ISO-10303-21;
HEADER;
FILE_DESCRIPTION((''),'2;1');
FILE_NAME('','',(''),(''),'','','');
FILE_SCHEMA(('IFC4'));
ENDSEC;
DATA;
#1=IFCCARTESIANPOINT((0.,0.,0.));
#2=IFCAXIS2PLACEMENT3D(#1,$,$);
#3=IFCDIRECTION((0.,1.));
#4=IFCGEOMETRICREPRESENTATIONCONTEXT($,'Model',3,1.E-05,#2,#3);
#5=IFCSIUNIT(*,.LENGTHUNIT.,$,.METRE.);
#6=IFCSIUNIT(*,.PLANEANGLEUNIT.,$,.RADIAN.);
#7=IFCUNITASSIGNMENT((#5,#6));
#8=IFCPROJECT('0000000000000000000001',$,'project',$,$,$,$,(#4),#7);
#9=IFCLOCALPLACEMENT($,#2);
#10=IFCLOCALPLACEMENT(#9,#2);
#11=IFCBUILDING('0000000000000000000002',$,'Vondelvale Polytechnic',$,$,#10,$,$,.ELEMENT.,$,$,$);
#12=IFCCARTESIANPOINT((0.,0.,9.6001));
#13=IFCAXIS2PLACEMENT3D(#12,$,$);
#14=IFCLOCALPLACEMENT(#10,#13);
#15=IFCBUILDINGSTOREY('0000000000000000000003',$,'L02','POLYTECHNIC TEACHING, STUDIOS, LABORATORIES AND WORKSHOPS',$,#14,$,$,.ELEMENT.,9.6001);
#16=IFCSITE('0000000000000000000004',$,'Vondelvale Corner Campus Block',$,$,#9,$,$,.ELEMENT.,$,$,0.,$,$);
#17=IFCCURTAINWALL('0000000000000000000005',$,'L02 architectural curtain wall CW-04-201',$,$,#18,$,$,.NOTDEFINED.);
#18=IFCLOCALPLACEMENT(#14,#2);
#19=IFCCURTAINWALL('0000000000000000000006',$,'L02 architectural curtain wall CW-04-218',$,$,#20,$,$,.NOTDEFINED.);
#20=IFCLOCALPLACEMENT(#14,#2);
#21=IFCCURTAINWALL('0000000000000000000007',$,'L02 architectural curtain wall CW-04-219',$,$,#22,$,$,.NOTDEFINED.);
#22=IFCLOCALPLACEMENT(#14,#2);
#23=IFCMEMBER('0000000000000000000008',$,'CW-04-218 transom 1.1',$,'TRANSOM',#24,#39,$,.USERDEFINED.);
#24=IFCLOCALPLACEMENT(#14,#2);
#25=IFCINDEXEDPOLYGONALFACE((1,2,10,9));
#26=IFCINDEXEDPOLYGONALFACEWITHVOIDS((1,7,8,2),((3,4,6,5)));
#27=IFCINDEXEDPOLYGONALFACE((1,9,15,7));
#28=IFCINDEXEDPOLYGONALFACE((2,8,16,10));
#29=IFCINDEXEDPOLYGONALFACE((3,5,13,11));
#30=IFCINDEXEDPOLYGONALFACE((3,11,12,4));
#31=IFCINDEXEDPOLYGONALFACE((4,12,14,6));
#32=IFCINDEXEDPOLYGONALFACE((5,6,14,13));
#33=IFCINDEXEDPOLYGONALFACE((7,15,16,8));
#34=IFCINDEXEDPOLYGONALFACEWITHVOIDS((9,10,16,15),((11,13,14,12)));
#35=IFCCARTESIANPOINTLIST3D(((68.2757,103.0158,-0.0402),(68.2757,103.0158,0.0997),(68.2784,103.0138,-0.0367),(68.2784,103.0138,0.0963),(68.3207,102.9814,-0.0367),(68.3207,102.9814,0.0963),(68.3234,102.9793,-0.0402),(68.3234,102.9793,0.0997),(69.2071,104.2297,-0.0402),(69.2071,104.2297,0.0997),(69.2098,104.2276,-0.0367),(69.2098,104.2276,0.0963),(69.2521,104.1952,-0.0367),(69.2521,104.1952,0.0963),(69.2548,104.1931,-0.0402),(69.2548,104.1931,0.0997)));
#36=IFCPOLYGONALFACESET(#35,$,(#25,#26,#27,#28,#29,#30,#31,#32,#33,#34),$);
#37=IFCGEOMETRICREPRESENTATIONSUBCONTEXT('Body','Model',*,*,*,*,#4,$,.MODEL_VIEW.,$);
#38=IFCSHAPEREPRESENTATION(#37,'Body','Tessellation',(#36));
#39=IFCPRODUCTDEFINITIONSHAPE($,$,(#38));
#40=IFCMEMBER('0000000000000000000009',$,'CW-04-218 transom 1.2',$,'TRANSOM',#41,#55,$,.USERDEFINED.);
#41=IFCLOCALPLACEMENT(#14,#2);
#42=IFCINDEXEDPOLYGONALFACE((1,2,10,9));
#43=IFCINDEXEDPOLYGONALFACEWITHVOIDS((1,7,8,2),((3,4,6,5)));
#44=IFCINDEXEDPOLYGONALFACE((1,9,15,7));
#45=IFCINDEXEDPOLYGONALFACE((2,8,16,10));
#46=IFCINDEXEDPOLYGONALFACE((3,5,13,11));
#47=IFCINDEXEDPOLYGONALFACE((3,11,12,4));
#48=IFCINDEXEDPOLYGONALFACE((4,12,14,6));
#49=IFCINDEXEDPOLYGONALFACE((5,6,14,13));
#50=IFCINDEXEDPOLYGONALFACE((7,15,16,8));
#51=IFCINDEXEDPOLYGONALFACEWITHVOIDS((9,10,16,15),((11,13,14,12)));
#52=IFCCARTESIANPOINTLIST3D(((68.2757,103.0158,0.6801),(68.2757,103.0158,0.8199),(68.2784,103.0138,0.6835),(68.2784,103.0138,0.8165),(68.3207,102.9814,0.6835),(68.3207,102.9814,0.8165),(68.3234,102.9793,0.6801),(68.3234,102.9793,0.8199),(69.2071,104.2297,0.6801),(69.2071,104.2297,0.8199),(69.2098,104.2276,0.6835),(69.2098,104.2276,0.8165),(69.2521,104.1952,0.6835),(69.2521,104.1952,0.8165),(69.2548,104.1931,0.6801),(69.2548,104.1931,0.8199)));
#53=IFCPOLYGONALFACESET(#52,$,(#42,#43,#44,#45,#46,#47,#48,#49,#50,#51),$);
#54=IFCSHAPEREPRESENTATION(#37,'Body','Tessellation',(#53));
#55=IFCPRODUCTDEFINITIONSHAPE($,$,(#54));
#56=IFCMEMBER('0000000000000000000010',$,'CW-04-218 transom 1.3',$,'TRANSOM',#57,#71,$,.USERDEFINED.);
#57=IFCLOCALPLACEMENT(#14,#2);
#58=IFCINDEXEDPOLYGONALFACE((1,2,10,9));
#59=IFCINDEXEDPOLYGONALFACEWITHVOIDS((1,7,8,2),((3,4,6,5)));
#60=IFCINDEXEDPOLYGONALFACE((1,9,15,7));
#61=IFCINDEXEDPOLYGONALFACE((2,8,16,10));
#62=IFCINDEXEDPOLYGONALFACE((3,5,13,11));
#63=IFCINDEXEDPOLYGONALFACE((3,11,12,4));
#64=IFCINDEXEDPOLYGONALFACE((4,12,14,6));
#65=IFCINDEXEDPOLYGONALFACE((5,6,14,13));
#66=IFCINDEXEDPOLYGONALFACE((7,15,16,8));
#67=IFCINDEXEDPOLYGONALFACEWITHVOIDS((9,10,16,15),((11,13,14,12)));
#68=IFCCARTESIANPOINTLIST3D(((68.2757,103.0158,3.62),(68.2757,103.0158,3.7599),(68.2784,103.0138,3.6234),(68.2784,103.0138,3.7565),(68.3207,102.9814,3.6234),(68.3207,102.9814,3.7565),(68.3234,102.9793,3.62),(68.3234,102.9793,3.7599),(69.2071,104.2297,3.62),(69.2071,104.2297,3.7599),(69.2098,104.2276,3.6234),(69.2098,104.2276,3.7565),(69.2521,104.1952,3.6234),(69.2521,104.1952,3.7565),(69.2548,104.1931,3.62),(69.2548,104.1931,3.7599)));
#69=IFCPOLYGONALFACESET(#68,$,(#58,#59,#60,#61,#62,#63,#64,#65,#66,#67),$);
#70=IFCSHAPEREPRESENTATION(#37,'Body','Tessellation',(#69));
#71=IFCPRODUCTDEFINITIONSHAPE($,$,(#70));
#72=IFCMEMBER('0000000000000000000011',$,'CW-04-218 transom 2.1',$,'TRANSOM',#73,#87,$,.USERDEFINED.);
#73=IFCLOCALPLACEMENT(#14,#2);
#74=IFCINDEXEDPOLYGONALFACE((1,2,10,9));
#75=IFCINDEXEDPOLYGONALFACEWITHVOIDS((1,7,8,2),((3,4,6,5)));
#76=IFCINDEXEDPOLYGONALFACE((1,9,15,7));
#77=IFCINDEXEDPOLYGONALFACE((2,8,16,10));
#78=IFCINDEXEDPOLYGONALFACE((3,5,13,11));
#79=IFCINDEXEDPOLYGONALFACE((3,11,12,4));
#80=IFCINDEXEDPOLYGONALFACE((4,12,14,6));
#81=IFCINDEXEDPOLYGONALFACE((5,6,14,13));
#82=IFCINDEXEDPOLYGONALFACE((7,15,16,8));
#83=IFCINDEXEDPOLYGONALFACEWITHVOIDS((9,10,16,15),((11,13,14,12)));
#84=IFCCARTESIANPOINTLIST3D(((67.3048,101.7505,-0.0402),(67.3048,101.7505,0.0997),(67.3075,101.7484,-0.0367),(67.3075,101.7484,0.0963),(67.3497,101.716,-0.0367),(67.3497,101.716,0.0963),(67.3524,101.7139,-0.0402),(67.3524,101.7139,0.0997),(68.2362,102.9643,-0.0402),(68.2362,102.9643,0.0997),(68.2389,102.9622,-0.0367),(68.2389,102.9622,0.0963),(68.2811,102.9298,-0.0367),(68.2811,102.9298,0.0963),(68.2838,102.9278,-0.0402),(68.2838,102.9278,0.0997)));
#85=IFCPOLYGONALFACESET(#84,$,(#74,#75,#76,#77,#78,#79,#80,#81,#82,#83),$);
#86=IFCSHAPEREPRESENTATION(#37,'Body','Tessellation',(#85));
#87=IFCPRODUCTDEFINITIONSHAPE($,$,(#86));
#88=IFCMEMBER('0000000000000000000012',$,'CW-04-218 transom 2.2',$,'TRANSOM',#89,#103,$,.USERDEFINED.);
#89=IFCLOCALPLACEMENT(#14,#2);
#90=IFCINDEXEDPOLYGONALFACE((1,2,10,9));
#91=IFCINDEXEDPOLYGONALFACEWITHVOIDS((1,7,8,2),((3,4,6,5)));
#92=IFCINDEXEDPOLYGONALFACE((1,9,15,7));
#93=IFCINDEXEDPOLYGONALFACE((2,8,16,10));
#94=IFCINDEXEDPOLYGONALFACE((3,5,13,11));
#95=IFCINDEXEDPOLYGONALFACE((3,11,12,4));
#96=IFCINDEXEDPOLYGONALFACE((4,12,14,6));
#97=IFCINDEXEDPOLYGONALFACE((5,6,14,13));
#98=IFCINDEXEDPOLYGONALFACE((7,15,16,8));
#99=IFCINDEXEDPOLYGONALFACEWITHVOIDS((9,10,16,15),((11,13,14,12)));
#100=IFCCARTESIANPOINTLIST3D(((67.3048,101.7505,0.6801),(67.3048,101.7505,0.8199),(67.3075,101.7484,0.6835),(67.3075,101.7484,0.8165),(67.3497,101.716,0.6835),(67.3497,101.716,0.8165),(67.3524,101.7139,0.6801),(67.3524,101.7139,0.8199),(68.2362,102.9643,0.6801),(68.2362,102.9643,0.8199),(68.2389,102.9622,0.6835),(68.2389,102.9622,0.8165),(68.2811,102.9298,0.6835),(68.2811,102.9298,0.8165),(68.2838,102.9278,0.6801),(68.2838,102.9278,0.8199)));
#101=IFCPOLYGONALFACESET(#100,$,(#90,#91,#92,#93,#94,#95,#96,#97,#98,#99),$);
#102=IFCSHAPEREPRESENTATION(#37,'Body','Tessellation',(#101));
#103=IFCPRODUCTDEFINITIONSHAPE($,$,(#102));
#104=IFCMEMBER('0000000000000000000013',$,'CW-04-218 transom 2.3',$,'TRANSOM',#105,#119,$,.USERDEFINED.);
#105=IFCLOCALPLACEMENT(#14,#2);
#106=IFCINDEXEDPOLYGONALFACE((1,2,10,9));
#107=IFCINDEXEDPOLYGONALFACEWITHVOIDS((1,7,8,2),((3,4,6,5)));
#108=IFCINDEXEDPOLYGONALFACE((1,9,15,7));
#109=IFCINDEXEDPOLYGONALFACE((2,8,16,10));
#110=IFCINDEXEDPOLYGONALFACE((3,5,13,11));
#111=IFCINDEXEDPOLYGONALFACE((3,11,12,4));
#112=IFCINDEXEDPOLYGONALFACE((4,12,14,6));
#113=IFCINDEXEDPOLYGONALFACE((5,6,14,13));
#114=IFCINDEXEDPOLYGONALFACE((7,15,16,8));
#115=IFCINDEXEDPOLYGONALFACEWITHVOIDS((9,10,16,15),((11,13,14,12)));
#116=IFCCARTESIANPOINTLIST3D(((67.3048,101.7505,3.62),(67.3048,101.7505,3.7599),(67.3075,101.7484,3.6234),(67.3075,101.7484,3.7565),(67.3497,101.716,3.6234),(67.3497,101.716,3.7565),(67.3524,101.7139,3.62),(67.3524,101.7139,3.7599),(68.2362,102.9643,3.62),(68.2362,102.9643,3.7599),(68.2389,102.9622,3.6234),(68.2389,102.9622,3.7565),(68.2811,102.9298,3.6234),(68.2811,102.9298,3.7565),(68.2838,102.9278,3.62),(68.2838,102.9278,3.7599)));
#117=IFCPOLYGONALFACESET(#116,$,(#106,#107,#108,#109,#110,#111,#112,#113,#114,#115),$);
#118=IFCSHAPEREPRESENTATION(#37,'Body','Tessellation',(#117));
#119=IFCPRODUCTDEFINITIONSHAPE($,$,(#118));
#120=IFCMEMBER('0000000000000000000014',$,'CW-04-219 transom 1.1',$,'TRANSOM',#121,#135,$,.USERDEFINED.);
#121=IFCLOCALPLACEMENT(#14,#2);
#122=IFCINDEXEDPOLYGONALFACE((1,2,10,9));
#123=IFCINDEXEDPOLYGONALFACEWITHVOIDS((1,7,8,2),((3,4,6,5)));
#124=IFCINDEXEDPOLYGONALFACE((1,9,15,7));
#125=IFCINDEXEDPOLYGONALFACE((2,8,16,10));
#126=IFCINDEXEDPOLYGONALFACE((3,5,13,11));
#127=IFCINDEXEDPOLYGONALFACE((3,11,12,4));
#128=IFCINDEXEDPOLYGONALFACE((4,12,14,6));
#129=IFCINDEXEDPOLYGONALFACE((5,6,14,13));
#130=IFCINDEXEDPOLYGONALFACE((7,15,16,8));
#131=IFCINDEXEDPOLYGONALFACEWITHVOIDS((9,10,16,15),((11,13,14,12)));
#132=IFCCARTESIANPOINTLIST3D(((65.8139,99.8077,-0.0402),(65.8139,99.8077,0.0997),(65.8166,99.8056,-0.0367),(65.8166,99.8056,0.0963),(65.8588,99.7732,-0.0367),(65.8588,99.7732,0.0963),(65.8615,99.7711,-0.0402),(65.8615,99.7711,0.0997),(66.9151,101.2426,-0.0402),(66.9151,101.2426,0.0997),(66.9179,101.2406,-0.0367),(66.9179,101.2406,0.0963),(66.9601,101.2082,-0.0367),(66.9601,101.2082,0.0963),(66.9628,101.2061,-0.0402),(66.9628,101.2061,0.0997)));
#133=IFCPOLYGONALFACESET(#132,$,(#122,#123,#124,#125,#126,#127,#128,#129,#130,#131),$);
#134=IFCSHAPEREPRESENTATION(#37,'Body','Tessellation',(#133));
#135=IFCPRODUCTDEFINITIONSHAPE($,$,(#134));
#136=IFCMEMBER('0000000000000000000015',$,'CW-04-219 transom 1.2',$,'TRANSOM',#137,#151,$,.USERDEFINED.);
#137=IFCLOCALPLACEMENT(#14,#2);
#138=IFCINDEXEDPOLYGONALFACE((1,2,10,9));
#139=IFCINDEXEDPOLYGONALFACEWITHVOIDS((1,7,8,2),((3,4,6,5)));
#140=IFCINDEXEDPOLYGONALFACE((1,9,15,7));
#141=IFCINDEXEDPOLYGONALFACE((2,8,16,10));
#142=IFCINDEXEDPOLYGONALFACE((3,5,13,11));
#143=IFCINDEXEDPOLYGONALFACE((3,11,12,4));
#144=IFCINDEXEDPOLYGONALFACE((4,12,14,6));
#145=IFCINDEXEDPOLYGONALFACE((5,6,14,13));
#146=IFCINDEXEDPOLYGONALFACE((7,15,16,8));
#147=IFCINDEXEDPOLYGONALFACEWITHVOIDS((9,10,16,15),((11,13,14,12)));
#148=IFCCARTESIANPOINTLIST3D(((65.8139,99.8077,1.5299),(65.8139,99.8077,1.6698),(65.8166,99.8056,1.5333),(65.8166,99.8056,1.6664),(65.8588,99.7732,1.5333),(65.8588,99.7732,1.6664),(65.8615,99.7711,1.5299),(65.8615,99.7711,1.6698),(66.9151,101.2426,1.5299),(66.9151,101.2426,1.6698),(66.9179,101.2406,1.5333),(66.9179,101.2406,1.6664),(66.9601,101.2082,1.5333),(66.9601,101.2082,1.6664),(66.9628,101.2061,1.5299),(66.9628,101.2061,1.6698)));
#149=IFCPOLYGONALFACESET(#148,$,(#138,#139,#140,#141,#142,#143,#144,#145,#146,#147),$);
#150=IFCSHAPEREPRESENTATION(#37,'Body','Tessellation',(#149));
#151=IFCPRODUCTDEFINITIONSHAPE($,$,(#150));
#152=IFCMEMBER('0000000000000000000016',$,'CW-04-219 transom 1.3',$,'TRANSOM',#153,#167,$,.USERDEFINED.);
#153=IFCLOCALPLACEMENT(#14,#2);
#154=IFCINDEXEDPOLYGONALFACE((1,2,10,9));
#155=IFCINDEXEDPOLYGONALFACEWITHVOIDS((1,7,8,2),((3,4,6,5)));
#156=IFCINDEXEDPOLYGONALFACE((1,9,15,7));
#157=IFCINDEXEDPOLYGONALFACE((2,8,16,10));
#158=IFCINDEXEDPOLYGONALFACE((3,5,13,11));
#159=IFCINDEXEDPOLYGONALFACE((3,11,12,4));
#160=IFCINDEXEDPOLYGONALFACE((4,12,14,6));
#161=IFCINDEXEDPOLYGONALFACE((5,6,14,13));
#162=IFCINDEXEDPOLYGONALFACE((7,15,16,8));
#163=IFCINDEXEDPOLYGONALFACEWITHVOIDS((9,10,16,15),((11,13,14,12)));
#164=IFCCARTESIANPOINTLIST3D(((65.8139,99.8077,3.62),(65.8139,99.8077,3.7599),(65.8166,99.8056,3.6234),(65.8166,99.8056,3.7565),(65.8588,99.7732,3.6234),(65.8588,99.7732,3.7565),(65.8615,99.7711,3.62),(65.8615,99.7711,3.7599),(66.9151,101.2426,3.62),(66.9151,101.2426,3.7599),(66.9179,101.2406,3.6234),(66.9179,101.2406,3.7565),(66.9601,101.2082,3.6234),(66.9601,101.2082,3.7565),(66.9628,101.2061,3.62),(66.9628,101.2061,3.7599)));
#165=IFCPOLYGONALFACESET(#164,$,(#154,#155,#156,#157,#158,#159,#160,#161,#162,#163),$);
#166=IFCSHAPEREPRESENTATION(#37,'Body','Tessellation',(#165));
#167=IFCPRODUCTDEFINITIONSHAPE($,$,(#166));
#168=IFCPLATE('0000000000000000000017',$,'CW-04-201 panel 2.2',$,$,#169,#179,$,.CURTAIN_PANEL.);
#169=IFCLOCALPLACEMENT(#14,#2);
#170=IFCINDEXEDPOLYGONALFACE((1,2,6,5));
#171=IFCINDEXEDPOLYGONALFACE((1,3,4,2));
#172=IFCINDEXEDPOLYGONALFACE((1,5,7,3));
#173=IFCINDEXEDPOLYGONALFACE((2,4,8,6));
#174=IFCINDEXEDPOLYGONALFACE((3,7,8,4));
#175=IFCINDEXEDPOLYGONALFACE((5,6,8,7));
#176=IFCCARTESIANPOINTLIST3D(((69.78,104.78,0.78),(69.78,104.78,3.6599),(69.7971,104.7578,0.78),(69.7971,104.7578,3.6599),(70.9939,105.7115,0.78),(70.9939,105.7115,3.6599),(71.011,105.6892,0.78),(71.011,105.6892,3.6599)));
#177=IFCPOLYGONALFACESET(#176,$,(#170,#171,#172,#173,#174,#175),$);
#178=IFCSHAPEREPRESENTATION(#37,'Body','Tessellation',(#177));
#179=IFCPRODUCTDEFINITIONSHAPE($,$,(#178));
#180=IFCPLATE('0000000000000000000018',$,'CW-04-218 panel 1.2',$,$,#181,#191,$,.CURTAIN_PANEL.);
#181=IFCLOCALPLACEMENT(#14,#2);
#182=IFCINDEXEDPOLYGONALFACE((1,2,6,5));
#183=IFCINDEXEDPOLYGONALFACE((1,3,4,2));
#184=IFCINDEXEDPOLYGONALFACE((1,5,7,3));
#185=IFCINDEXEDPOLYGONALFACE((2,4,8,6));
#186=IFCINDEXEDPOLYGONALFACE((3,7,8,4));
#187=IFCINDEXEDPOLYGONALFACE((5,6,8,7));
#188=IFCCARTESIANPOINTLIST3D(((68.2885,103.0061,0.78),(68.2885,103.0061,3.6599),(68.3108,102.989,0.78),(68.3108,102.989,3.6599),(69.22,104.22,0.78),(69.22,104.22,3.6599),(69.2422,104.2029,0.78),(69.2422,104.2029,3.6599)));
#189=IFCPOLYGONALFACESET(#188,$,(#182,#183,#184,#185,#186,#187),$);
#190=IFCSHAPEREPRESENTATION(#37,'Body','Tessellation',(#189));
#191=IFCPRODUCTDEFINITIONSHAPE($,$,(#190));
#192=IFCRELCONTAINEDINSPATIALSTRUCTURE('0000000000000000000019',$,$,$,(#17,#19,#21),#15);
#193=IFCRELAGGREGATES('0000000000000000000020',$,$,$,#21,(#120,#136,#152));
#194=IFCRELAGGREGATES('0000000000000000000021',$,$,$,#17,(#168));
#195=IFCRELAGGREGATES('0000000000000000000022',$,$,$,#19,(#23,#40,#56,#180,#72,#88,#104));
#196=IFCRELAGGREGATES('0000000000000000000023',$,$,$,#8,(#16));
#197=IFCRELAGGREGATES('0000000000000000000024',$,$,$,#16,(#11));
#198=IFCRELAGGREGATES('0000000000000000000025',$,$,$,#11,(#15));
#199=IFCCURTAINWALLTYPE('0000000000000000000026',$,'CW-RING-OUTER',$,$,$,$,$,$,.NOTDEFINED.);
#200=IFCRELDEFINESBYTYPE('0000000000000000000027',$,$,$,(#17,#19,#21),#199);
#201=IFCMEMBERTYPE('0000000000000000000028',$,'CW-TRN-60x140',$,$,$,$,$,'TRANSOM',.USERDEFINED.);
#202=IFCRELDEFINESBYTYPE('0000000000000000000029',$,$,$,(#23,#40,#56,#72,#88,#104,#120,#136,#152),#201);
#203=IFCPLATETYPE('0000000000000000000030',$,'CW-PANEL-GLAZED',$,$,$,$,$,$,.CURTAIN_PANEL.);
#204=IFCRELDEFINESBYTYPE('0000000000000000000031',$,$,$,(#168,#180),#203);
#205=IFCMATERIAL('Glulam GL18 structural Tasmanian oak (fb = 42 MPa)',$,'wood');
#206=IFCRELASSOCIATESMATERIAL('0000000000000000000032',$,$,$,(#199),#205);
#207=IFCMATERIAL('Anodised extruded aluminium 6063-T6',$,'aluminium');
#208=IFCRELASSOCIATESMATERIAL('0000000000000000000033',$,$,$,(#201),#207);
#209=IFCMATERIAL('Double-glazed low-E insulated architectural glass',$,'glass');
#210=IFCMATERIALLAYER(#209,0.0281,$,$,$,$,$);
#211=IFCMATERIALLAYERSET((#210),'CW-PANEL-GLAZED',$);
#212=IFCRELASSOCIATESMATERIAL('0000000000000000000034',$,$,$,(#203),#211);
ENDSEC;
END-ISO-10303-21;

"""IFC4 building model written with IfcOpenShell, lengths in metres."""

from ifc_helpers import new_model, si_unit, direction, frame, origin, origin_2d, place, context, subcontext, project, spatial, rectangle, hollow_rectangle, extrude, material, layer, layer_set, material_profile, profile_set, type_object, element, aggregate, save


model = new_model("IFC4")

# Units and contexts
model_context = context("Model", 3, precision=1e-05, world=origin(), true_north=direction((0.0, 1.0)))
body_context = subcontext(model_context, "Body", "Model", "MODEL_VIEW")
ifc_project = project(units=[si_unit("LENGTHUNIT", "METRE"), si_unit("PLANEANGLEUNIT", "RADIAN")], contexts=[model_context])

# Site, building, storey
site_placement = place(None, origin())
site = spatial("IfcSite", under=ifc_project, at=site_placement, Name="Vondelvale Corner Campus Block", CompositionType="ELEMENT", RefElevation=0.0)
building_placement = place(site_placement, origin())
building = spatial("IfcBuilding", under=site, at=building_placement, Name="Vondelvale Polytechnic", CompositionType="ELEMENT")
storey_placement = place(building_placement, frame((0.0, 0.0, 9.6001)))
storey = spatial("IfcBuildingStorey", under=building, at=storey_placement, Name="L02", Description="POLYTECHNIC TEACHING, STUDIOS, LABORATORIES AND WORKSHOPS", CompositionType="ELEMENT", Elevation=9.6001)

# Shared definitions
ifc_material_1 = material(Name="Glulam GL18 structural Tasmanian oak (fb = 42 MPa)", Category="wood")

# Curtain wall
curtain_wall_type = type_object("IfcCurtainWallType", Name="CW-RING-OUTER", PredefinedType="NOTDEFINED", material=ifc_material_1)
curtain_wall_1_placement = place(storey_placement, origin())
curtain_wall_1 = element("IfcCurtainWall", 1, at=curtain_wall_1_placement, inside=storey, type_object=curtain_wall_type, Name="L02 architectural curtain wall CW-04-201", PredefinedType="NOTDEFINED")
ifc_material_2 = material(Name="Anodised extruded aluminium 6063-T6", Category="aluminium")

# Curtain wall
curtain_wall_2_placement = place(storey_placement, origin())
curtain_wall_2 = element("IfcCurtainWall", 2, at=curtain_wall_2_placement, inside=storey, type_object=curtain_wall_type, Name="L02 architectural curtain wall CW-04-218", PredefinedType="NOTDEFINED")

# Curtain wall
curtain_wall_3_placement = place(storey_placement, origin())
curtain_wall_3 = element("IfcCurtainWall", 3, at=curtain_wall_3_placement, inside=storey, type_object=curtain_wall_type, Name="L02 architectural curtain wall CW-04-219", PredefinedType="NOTDEFINED")

# Members
ifc_material_profile_1 = material_profile(ifc_material_2, hollow_rectangle(XDim=0.0601, YDim=0.1399, WallThickness=0.0034, at=origin_2d()), Name="CW-TRN-140x60")
ifc_profile_set_1 = profile_set([ifc_material_profile_1], Name="Anodised extruded aluminium 6063-T6")
member_type_1 = type_object("IfcMemberType", Name="CW-TRN-60x140", ElementType="TRANSOM", PredefinedType="USERDEFINED", material=ifc_profile_set_1)
member_1_placement = place(storey_placement, frame((69.231, 104.2114, 0.0298), z_axis=(-0.608746, -0.793365, 0.0), x_axis=(0.793365, -0.608746, 0.0)))
member_1 = element("IfcMember", 4, at=member_1_placement, type_object=member_type_1, Name="CW-04-218 transom 1.1", ObjectType="TRANSOM", PredefinedType="USERDEFINED", context=body_context, shape_type="SweptSolid", body=[
    extrude(hollow_rectangle(XDim=0.0601, YDim=0.1399, WallThickness=0.0034, at=origin_2d()), origin(), (0.0, 0.0, 1.0), 1.53),
])
member_2_placement = place(storey_placement, frame((69.231, 104.2114, 0.75), z_axis=(-0.608746, -0.793365, 0.0), x_axis=(0.793365, -0.608746, 0.0)))
member_2 = element("IfcMember", 5, at=member_2_placement, type_object=member_type_1, Name="CW-04-218 transom 1.2", ObjectType="TRANSOM", PredefinedType="USERDEFINED", context=body_context, shape_type="SweptSolid", body=[
    extrude(hollow_rectangle(XDim=0.0601, YDim=0.1399, WallThickness=0.0034, at=origin_2d()), origin(), (0.0, 0.0, 1.0), 1.53),
])
member_3_placement = place(storey_placement, frame((69.231, 104.2114, 3.6899), z_axis=(-0.608746, -0.793365, 0.0), x_axis=(0.793365, -0.608746, 0.0)))
member_3 = element("IfcMember", 6, at=member_3_placement, type_object=member_type_1, Name="CW-04-218 transom 1.3", ObjectType="TRANSOM", PredefinedType="USERDEFINED", context=body_context, shape_type="SweptSolid", body=[
    extrude(hollow_rectangle(XDim=0.0601, YDim=0.1399, WallThickness=0.0034, at=origin_2d()), origin(), (0.0, 0.0, 1.0), 1.53),
])
member_4_placement = place(storey_placement, frame((68.26, 102.946, 0.0298), z_axis=(-0.608746, -0.793365, 0.0), x_axis=(0.793365, -0.608746, 0.0)))
member_4 = element("IfcMember", 7, at=member_4_placement, type_object=member_type_1, Name="CW-04-218 transom 2.1", ObjectType="TRANSOM", PredefinedType="USERDEFINED", context=body_context, shape_type="SweptSolid", body=[
    extrude(hollow_rectangle(XDim=0.0601, YDim=0.1399, WallThickness=0.0034, at=origin_2d()), origin(), (0.0, 0.0, 1.0), 1.53),
])
member_5_placement = place(storey_placement, frame((68.26, 102.946, 0.75), z_axis=(-0.608746, -0.793365, 0.0), x_axis=(0.793365, -0.608746, 0.0)))
member_5 = element("IfcMember", 8, at=member_5_placement, type_object=member_type_1, Name="CW-04-218 transom 2.2", ObjectType="TRANSOM", PredefinedType="USERDEFINED", context=body_context, shape_type="SweptSolid", body=[
    extrude(hollow_rectangle(XDim=0.0601, YDim=0.1399, WallThickness=0.0034, at=origin_2d()), origin(), (0.0, 0.0, 1.0), 1.53),
])
member_6_placement = place(storey_placement, frame((68.26, 102.946, 3.6899), z_axis=(-0.608746, -0.793365, 0.0), x_axis=(0.793365, -0.608746, 0.0)))
member_6 = element("IfcMember", 9, at=member_6_placement, type_object=member_type_1, Name="CW-04-218 transom 2.3", ObjectType="TRANSOM", PredefinedType="USERDEFINED", context=body_context, shape_type="SweptSolid", body=[
    extrude(hollow_rectangle(XDim=0.0601, YDim=0.1399, WallThickness=0.0034, at=origin_2d()), origin(), (0.0, 0.0, 1.0), 1.53),
])
member_7_placement = place(storey_placement, frame((66.939, 101.2244, 0.0298), z_axis=(-0.608817, -0.793311, 0.0), x_axis=(0.793311, -0.608817, 0.0)))
member_7 = element("IfcMember", 10, at=member_7_placement, type_object=member_type_1, Name="CW-04-219 transom 1.1", ObjectType="TRANSOM", PredefinedType="USERDEFINED", context=body_context, shape_type="SweptSolid", body=[
    extrude(hollow_rectangle(XDim=0.0601, YDim=0.1399, WallThickness=0.0034, at=origin_2d()), origin(), (0.0, 0.0, 1.0), 1.8088),
])
member_8_placement = place(storey_placement, frame((66.939, 101.2244, 1.5999), z_axis=(-0.608817, -0.793311, 0.0), x_axis=(0.793311, -0.608817, 0.0)))
member_8 = element("IfcMember", 11, at=member_8_placement, type_object=member_type_1, Name="CW-04-219 transom 1.2", ObjectType="TRANSOM", PredefinedType="USERDEFINED", context=body_context, shape_type="SweptSolid", body=[
    extrude(hollow_rectangle(XDim=0.0601, YDim=0.1399, WallThickness=0.0034, at=origin_2d()), origin(), (0.0, 0.0, 1.0), 1.8088),
])
member_9_placement = place(storey_placement, frame((66.939, 101.2244, 3.6899), z_axis=(-0.608817, -0.793311, 0.0), x_axis=(0.793311, -0.608817, 0.0)))
member_9 = element("IfcMember", 12, at=member_9_placement, type_object=member_type_1, Name="CW-04-219 transom 1.3", ObjectType="TRANSOM", PredefinedType="USERDEFINED", context=body_context, shape_type="SweptSolid", body=[
    extrude(hollow_rectangle(XDim=0.0601, YDim=0.1399, WallThickness=0.0034, at=origin_2d()), origin(), (0.0, 0.0, 1.0), 1.8088),
])
aggregate(curtain_wall_3, [member_7, member_8, member_9])

# Plates
ifc_material_3 = material(Name="Double-glazed low-E insulated architectural glass", Category="glass")
ifc_layer_1 = layer(ifc_material_3, 0.0281)
ifc_layer_set_1 = layer_set([ifc_layer_1], Name="CW-PANEL-GLAZED")
plate_type_1 = type_object("IfcPlateType", Name="CW-PANEL-GLAZED", PredefinedType="CURTAIN_PANEL", material=ifc_layer_set_1)
plate_1_placement = place(storey_placement, frame((70.3955, 105.2346, 0.78), z_axis=(0.0, 0.0, 1.0), x_axis=(-0.793334, -0.608787, 0.0)))
plate_1 = element("IfcPlate", 13, at=plate_1_placement, type_object=plate_type_1, Name="CW-04-201 panel 2.2", PredefinedType="CURTAIN_PANEL", context=body_context, shape_type="SweptSolid", body=[
    extrude(rectangle(XDim=1.53, YDim=0.0281, at=origin_2d()), origin(), (0.0, 0.0, 1.0), 2.8799),
])
plate_2_placement = place(storey_placement, frame((68.7654, 103.6045, 0.78), z_axis=(0.0, 0.0, 1.0), x_axis=(-0.608787, -0.793334, 0.0)))
plate_2 = element("IfcPlate", 14, at=plate_2_placement, type_object=plate_type_1, Name="CW-04-218 panel 1.2", PredefinedType="CURTAIN_PANEL", context=body_context, shape_type="SweptSolid", body=[
    extrude(rectangle(XDim=1.53, YDim=0.0281, at=origin_2d()), origin(), (0.0, 0.0, 1.0), 2.8799),
])
aggregate(curtain_wall_1, [plate_1])
aggregate(curtain_wall_2, [member_1, member_2, member_3, plate_2, member_4, member_5, member_6])

save(model, "model.ifc")
